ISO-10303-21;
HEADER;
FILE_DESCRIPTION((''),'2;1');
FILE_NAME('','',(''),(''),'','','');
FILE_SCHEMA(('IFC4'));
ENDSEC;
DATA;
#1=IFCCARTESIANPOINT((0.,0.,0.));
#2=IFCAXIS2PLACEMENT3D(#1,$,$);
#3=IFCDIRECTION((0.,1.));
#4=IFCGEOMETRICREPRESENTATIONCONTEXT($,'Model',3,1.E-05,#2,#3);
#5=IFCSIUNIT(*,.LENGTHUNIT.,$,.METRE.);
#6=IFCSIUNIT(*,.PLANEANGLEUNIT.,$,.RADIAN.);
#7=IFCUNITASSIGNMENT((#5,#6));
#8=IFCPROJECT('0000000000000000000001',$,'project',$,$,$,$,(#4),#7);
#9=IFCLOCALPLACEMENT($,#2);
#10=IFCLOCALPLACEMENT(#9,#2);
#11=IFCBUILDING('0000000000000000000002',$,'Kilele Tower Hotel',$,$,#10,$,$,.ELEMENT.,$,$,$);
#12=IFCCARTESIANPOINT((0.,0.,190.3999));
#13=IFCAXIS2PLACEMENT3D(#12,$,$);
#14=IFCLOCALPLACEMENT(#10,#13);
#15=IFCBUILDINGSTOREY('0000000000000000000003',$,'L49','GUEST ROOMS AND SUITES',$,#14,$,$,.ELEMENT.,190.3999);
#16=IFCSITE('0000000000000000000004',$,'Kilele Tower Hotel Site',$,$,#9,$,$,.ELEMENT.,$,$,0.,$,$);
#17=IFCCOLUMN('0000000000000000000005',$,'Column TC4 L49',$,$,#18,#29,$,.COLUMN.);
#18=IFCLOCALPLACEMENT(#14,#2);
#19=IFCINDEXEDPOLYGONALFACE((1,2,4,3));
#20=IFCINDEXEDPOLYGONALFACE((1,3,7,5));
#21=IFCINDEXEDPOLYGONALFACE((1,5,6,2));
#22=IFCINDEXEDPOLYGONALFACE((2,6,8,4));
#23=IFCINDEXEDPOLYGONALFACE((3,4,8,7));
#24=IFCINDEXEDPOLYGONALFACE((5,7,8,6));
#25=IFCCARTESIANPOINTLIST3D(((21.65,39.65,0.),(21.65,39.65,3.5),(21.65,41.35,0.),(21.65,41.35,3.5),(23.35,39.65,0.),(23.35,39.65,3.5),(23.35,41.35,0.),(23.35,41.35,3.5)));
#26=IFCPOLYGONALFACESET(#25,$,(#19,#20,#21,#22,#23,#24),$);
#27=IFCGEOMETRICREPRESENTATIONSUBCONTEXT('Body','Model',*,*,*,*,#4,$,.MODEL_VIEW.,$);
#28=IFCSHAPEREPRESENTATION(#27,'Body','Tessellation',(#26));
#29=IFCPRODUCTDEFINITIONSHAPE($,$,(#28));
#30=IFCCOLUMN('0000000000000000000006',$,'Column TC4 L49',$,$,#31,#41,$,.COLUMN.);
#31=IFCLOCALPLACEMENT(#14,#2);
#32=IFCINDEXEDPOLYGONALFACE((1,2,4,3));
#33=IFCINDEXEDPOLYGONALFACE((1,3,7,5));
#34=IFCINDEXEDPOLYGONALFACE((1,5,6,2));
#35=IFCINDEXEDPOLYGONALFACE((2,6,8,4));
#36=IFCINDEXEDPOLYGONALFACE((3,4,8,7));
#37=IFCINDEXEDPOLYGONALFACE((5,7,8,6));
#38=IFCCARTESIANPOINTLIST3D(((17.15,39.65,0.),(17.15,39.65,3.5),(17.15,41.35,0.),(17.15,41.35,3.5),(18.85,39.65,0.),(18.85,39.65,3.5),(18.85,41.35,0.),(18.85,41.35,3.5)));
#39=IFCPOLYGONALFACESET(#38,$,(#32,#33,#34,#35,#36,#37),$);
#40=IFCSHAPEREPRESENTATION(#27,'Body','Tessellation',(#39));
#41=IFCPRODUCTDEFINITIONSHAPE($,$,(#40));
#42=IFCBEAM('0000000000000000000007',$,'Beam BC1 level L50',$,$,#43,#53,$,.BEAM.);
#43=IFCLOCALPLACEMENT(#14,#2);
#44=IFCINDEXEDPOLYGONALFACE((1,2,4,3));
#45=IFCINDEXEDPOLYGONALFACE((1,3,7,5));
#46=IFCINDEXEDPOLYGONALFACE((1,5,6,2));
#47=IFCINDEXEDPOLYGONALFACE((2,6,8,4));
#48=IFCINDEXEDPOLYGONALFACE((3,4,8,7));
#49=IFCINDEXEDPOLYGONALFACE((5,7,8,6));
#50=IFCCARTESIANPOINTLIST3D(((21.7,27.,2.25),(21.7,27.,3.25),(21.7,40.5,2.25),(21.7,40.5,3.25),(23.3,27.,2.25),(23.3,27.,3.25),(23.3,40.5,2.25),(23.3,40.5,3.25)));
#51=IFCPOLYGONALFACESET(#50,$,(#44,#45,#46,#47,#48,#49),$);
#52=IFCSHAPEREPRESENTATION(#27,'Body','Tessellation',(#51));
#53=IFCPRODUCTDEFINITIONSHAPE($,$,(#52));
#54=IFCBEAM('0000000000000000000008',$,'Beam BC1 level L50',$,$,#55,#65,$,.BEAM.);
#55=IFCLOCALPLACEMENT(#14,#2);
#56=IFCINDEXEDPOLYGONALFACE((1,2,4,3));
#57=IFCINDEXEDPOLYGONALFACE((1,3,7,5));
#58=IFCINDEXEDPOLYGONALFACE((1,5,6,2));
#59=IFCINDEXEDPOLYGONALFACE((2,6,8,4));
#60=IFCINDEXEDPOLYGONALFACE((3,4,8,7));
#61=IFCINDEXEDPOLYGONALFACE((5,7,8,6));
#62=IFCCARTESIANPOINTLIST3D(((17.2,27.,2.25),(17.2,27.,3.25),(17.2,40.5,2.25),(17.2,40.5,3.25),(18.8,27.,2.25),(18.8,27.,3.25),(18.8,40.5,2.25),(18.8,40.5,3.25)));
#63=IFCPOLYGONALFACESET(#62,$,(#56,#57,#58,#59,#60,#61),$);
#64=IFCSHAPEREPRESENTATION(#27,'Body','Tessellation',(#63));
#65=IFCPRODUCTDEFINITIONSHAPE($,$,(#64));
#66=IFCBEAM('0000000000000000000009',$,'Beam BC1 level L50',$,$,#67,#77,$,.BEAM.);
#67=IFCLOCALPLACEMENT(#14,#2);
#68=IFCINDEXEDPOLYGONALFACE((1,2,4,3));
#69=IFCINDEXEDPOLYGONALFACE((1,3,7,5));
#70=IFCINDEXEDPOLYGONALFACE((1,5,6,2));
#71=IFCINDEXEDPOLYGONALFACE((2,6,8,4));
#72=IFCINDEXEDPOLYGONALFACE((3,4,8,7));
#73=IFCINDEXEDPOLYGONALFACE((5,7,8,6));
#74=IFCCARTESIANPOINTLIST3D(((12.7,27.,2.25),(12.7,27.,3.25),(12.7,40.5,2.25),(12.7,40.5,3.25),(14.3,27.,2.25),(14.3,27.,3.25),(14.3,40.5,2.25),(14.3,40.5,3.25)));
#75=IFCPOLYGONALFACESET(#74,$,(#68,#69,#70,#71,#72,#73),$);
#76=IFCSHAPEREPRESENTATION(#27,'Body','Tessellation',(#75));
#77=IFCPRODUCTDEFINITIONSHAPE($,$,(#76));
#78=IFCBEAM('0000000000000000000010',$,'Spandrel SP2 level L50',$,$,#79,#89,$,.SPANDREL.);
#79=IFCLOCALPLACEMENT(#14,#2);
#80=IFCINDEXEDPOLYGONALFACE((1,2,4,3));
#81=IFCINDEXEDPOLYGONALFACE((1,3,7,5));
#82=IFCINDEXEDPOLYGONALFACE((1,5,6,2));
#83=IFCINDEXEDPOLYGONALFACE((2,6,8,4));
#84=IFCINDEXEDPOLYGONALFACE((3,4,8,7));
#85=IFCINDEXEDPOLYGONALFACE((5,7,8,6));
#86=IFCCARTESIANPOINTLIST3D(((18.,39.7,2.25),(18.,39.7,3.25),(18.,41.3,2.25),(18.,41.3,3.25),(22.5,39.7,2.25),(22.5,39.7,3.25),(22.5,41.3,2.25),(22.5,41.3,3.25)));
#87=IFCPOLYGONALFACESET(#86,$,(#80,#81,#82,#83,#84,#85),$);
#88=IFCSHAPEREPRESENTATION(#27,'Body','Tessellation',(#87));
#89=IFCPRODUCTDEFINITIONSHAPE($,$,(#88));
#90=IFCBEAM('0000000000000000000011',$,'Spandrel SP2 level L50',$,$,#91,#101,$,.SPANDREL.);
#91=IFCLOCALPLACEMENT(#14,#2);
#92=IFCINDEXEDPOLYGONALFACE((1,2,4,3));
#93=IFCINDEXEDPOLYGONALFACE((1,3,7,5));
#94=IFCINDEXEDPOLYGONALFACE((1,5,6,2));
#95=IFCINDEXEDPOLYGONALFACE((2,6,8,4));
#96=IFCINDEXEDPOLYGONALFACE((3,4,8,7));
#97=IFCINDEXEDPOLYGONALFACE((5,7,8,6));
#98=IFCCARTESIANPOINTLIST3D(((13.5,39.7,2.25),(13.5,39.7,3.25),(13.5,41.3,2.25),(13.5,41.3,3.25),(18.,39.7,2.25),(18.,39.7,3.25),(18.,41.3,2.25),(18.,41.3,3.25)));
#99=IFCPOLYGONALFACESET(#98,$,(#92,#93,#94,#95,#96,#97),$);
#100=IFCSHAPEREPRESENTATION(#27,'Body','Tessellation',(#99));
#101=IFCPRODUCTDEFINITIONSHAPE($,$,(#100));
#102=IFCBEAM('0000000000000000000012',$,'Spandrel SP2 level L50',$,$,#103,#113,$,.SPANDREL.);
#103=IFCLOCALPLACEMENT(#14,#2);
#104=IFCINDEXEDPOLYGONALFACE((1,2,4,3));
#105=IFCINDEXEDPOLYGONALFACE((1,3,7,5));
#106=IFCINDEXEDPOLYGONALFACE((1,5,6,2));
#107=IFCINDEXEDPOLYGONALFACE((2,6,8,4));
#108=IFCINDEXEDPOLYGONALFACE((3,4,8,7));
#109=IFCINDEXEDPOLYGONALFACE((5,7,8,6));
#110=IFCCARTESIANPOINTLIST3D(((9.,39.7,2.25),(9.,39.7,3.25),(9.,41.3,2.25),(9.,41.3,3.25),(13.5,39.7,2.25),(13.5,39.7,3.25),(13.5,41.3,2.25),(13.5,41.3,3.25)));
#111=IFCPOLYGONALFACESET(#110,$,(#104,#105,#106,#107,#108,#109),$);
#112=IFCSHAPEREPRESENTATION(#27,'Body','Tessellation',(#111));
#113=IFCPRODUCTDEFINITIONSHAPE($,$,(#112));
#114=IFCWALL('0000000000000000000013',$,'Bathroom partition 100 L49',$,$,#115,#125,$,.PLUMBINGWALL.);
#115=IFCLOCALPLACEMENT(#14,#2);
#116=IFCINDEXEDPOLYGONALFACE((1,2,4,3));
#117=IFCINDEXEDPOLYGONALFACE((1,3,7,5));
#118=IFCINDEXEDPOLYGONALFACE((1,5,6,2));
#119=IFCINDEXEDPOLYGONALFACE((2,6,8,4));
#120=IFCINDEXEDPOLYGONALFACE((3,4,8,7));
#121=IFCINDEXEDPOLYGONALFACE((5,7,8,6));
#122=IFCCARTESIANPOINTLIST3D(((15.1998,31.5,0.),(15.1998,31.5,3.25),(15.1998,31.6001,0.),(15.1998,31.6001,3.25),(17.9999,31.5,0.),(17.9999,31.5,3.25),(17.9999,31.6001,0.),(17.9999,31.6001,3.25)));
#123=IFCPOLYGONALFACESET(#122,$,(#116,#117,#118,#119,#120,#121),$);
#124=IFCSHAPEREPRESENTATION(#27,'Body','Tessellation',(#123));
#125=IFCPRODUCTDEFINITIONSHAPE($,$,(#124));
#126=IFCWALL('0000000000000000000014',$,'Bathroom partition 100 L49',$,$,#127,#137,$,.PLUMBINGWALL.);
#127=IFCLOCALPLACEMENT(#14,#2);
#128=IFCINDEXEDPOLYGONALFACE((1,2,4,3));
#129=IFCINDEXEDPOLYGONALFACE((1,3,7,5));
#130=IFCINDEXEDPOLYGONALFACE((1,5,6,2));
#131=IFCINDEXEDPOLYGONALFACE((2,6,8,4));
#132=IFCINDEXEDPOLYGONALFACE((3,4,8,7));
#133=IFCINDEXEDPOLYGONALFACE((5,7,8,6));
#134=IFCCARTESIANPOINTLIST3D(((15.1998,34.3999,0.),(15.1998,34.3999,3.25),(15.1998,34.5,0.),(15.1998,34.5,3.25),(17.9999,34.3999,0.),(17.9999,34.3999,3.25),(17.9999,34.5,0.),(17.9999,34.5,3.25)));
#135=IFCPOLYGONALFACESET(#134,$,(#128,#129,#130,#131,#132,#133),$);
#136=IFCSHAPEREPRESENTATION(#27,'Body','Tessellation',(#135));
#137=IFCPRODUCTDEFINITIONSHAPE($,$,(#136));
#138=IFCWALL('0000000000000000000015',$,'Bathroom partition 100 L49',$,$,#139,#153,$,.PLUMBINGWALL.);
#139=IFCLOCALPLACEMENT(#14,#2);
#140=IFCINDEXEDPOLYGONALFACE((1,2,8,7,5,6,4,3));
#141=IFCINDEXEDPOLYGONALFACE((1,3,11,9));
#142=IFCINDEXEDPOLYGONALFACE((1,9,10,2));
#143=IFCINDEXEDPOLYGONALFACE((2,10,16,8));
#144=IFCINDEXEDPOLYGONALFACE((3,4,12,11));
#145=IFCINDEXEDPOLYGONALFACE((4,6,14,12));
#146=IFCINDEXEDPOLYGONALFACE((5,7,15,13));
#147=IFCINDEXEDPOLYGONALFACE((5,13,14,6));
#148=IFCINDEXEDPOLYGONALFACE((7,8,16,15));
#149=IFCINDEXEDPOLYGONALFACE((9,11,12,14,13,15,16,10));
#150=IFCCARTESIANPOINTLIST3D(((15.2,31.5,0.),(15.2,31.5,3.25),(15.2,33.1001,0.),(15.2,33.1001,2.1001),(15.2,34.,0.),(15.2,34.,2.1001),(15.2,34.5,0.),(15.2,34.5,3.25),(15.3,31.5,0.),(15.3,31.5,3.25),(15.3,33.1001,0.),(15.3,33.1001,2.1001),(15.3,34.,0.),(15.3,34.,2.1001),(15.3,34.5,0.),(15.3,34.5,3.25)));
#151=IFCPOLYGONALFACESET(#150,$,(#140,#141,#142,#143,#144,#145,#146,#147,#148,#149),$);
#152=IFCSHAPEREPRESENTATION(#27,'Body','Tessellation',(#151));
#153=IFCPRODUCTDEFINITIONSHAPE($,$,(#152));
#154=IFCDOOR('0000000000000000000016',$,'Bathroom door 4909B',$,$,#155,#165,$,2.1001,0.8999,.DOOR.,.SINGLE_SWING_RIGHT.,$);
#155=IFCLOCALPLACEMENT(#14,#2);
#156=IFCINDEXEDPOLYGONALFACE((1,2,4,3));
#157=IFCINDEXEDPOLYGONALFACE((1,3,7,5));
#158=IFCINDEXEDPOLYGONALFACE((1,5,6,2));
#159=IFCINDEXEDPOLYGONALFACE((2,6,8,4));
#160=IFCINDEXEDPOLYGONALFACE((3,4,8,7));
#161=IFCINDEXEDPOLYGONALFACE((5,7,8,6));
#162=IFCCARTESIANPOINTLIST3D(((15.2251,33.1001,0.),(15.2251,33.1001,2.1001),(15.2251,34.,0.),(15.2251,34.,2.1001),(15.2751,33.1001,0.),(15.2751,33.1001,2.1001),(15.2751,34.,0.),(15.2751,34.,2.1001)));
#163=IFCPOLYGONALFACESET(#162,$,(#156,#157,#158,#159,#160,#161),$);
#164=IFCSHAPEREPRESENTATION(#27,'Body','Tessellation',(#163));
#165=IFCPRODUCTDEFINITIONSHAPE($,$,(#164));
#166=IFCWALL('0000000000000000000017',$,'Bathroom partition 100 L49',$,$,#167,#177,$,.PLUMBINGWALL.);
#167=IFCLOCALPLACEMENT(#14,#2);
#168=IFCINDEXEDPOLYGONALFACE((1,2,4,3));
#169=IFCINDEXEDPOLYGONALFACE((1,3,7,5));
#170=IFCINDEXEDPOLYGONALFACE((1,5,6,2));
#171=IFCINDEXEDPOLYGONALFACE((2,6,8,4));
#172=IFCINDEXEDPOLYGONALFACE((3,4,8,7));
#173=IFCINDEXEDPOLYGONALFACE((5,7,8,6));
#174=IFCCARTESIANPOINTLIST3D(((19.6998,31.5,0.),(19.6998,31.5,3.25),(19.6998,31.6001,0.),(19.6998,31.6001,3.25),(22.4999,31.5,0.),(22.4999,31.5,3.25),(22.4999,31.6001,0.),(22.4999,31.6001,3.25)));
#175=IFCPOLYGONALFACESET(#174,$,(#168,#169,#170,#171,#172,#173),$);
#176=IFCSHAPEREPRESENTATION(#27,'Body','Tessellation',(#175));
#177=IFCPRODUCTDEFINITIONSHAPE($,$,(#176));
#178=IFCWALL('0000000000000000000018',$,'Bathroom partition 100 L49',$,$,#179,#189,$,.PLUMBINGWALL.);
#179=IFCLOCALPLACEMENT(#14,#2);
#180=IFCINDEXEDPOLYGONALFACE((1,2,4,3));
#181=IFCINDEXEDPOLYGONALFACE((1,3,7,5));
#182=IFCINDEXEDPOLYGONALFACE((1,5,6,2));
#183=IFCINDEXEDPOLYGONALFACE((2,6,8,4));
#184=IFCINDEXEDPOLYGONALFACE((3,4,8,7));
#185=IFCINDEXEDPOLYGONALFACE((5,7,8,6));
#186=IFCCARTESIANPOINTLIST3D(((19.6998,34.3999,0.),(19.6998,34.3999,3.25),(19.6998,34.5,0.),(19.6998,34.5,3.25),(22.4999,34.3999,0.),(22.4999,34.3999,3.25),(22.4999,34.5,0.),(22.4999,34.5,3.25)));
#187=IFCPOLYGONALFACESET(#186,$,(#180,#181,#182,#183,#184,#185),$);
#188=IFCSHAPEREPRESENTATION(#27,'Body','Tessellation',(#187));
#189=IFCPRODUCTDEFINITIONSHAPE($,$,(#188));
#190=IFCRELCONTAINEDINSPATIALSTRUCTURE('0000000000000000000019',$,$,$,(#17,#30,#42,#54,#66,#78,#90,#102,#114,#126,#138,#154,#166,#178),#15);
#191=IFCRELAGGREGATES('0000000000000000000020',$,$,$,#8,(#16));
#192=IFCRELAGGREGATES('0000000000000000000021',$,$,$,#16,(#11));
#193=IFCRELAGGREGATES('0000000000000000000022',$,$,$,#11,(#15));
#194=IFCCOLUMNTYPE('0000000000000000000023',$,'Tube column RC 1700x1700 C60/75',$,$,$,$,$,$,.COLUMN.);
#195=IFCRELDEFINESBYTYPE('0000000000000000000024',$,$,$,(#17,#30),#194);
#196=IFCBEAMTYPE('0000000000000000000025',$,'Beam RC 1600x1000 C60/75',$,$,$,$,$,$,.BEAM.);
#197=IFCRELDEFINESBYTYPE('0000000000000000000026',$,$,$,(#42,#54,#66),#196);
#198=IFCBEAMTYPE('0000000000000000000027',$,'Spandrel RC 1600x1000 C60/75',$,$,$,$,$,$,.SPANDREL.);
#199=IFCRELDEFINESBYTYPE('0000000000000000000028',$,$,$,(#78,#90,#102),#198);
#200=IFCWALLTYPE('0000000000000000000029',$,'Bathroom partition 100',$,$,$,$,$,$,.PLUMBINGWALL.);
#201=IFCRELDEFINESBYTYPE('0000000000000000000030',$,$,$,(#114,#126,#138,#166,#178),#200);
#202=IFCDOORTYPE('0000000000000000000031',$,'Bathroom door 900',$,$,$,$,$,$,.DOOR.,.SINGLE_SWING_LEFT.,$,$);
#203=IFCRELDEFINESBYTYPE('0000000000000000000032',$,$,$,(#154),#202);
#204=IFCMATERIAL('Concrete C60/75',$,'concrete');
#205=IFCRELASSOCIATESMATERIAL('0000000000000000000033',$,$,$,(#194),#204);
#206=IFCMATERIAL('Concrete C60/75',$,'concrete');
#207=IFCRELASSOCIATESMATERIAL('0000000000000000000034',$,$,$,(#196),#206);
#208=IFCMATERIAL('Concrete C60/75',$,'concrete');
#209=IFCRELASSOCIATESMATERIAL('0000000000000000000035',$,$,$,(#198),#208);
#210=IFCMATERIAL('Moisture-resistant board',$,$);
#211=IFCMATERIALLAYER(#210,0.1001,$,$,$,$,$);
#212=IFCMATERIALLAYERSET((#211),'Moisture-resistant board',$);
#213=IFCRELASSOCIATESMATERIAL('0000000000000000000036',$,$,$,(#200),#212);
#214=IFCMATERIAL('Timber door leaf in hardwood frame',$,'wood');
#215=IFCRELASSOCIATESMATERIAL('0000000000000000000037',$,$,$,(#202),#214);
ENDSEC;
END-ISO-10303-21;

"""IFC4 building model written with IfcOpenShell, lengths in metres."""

from ifc_helpers import new_model, si_unit, direction, frame, frame_2d, origin, origin_2d, place, context, subcontext, project, spatial, rectangle, extrude, material, layer, layer_set, material_profile, profile_set, type_object, element, fill, save


model = new_model("IFC4")

# Units and contexts
model_context = context("Model", 3, precision=1e-05, world=origin(), true_north=direction((0.0, 1.0)))
body_context = subcontext(model_context, "Body", "Model", "MODEL_VIEW")
ifc_project = project(units=[si_unit("LENGTHUNIT", "METRE"), si_unit("PLANEANGLEUNIT", "RADIAN")], contexts=[model_context])

# Site, building, storey
site_placement = place(None, origin())
site = spatial("IfcSite", under=ifc_project, at=site_placement, Name="Kilele Tower Hotel Site", CompositionType="ELEMENT", RefElevation=0.0)
building_placement = place(site_placement, origin())
building = spatial("IfcBuilding", under=site, at=building_placement, Name="Kilele Tower Hotel", CompositionType="ELEMENT")
storey_placement = place(building_placement, frame((0.0, 0.0, 190.3999)))
storey = spatial("IfcBuildingStorey", under=building, at=storey_placement, Name="L49", Description="GUEST ROOMS AND SUITES", CompositionType="ELEMENT", Elevation=190.3999)

# Columns
ifc_material_1 = material(Name="Concrete C60/75", Category="concrete")
ifc_material_profile_1 = material_profile(ifc_material_1, rectangle(XDim=1.7, YDim=1.7, at=origin_2d()))
ifc_profile_set_1 = profile_set([ifc_material_profile_1], Name="Concrete C60/75")
column_type = type_object("IfcColumnType", Name="Tube column RC 1700x1700 C60/75", PredefinedType="COLUMN", material=ifc_profile_set_1)
for number, where, z_axis, x_axis, name in (
    (1, (22.5, 40.5, 0.0), (0.0, 0.0, 1.0), (1.0, 0.0, 0.0), "Column TC4 L49"),
    (2, (18.0, 40.5, 0.0), (0.0, 0.0, 1.0), (1.0, 0.0, 0.0), "Column TC4 L49"),
):
    element("IfcColumn", number, at=place(storey_placement, frame(where, z_axis=z_axis, x_axis=x_axis)), inside=storey, type_object=column_type, Name=name, PredefinedType="COLUMN", context=body_context, shape_type="SweptSolid", body=[
        extrude(rectangle(XDim=1.7, YDim=1.7, at=origin_2d()), origin(), (0.0, 0.0, 1.0), 3.5),
    ])

# Beams
ifc_material_2 = material(Name="Concrete C60/75", Category="concrete")
ifc_material_profile_2 = material_profile(ifc_material_2, rectangle(XDim=1.6001, YDim=1.0, at=origin_2d()))
ifc_profile_set_2 = profile_set([ifc_material_profile_2], Name="Concrete C60/75")
beam_type_1 = type_object("IfcBeamType", Name="Beam RC 1600x1000 C60/75", PredefinedType="BEAM", material=ifc_profile_set_2)
for number, where, z_axis, x_axis, name in (
    (3, (22.5, 40.5, 2.75), (0.0, -1.0, 0.0), (1.0, 0.0, 0.0), "Beam BC1 level L50"),
    (4, (18.0, 40.5, 2.75), (0.0, -1.0, 0.0), (1.0, 0.0, 0.0), "Beam BC1 level L50"),
    (5, (13.5, 40.5, 2.75), (0.0, -1.0, 0.0), (1.0, 0.0, 0.0), "Beam BC1 level L50"),
):
    element("IfcBeam", number, at=place(storey_placement, frame(where, z_axis=z_axis, x_axis=x_axis)), inside=storey, type_object=beam_type_1, Name=name, PredefinedType="BEAM", context=body_context, shape_type="SweptSolid", body=[
        extrude(rectangle(XDim=1.6001, YDim=1.0, at=origin_2d()), origin(), (0.0, 0.0, 1.0), 13.5),
    ])
ifc_material_3 = material(Name="Concrete C60/75", Category="concrete")
ifc_material_profile_3 = material_profile(ifc_material_3, rectangle(XDim=1.6001, YDim=1.0, at=origin_2d()))
ifc_profile_set_3 = profile_set([ifc_material_profile_3], Name="Concrete C60/75")
beam_type_2 = type_object("IfcBeamType", Name="Spandrel RC 1600x1000 C60/75", PredefinedType="SPANDREL", material=ifc_profile_set_3)
for number, where, z_axis, x_axis, name in (
    (6, (22.5, 40.5, 2.75), (-1.0, 0.0, 0.0), (0.0, -1.0, 0.0), "Spandrel SP2 level L50"),
    (7, (18.0, 40.5, 2.75), (-1.0, 0.0, 0.0), (0.0, -1.0, 0.0), "Spandrel SP2 level L50"),
    (8, (13.5, 40.5, 2.75), (-1.0, 0.0, 0.0), (0.0, -1.0, 0.0), "Spandrel SP2 level L50"),
):
    element("IfcBeam", number, at=place(storey_placement, frame(where, z_axis=z_axis, x_axis=x_axis)), inside=storey, type_object=beam_type_2, Name=name, PredefinedType="SPANDREL", context=body_context, shape_type="SweptSolid", body=[
        extrude(rectangle(XDim=1.6001, YDim=1.0, at=origin_2d()), origin(), (0.0, 0.0, 1.0), 4.5),
    ])

# Walls
ifc_material_4 = material(Name="Moisture-resistant board")
ifc_layer_1 = layer(ifc_material_4, 0.1001)
ifc_layer_set_1 = layer_set([ifc_layer_1], Name="Moisture-resistant board")
wall_type_1 = type_object("IfcWallType", Name="Bathroom partition 100", PredefinedType="PLUMBINGWALL", material=ifc_layer_set_1)
for number, where, z_axis, x_axis, name in (
    (9, (15.2, 31.55, 0.0), (0.0, 0.0, 1.0), (1.0, 0.0, 0.0), "Bathroom partition 100 L49"),
    (10, (15.2, 34.45, 0.0), (0.0, 0.0, 1.0), (1.0, 0.0, 0.0), "Bathroom partition 100 L49"),
):
    element("IfcWall", number, at=place(storey_placement, frame(where, z_axis=z_axis, x_axis=x_axis)), inside=storey, type_object=wall_type_1, Name=name, PredefinedType="PLUMBINGWALL", context=body_context, shape_type="SweptSolid", body=[
        extrude(rectangle(XDim=2.8, YDim=0.1001, at=frame_2d((1.3999, 0.0))), origin(), (0.0, 0.0, 1.0), 3.25),
    ])

# Wall, opening, door
wall_1_placement = place(storey_placement, frame((15.25, 31.5, 0.0), z_axis=(0.0, 0.0, 1.0), x_axis=(0.0, 1.0, 0.0)))
wall_1 = element("IfcWall", 11, at=wall_1_placement, inside=storey, type_object=wall_type_1, Name="Bathroom partition 100 L49", PredefinedType="PLUMBINGWALL", context=body_context, shape_type="SweptSolid", body=[
    extrude(rectangle(XDim=3.0, YDim=0.1001, at=frame_2d((1.5, 0.0))), origin(), (0.0, 0.0, 1.0), 3.25),
])
opening_1_placement = place(wall_1_placement, frame((1.6001, 0.0, 0.0)))
opening_1 = element("IfcOpeningElement", 12, at=opening_1_placement, cuts=wall_1, PredefinedType="OPENING", context=body_context, shape_type="SweptSolid", body=[
    extrude(rectangle(XDim=0.8999, YDim=2.1001, at=frame_2d((0.45, 1.05))), frame((0.0, 0.0601, 0.0), z_axis=(0.0, -1.0, 0.0), x_axis=(1.0, 0.0, 0.0)), (0.0, 0.0, 1.0), 0.1201),
])
ifc_material_5 = material(Name="Timber door leaf in hardwood frame", Category="wood")
door_type_1 = type_object("IfcDoorType", Name="Bathroom door 900", OperationType="SINGLE_SWING_LEFT", PredefinedType="DOOR", material=ifc_material_5)
door_1_placement = place(opening_1_placement, origin())
door_1 = element("IfcDoor", 13, at=door_1_placement, inside=storey, type_object=door_type_1, Name="Bathroom door 4909B", OperationType="SINGLE_SWING_RIGHT", OverallHeight=2.1001, OverallWidth=0.8999, PredefinedType="DOOR", context=body_context, shape_type="SweptSolid", body=[
    extrude(rectangle(XDim=0.8999, YDim=2.1001, at=frame_2d((0.45, 1.05))), frame((0.0, 0.0249, 0.0), z_axis=(0.0, -1.0, 0.0), x_axis=(1.0, 0.0, 0.0)), (0.0, 0.0, 1.0), 0.05),
])
fill(opening_1, door_1)

# Walls
for number, where, z_axis, x_axis, name in (
    (14, (19.7, 31.55, 0.0), (0.0, 0.0, 1.0), (1.0, 0.0, 0.0), "Bathroom partition 100 L49"),
    (15, (19.7, 34.45, 0.0), (0.0, 0.0, 1.0), (1.0, 0.0, 0.0), "Bathroom partition 100 L49"),
):
    element("IfcWall", number, at=place(storey_placement, frame(where, z_axis=z_axis, x_axis=x_axis)), inside=storey, type_object=wall_type_1, Name=name, PredefinedType="PLUMBINGWALL", context=body_context, shape_type="SweptSolid", body=[
        extrude(rectangle(XDim=2.8, YDim=0.1001, at=frame_2d((1.3999, 0.0))), origin(), (0.0, 0.0, 1.0), 3.25),
    ])

save(model, "model.ifc")
